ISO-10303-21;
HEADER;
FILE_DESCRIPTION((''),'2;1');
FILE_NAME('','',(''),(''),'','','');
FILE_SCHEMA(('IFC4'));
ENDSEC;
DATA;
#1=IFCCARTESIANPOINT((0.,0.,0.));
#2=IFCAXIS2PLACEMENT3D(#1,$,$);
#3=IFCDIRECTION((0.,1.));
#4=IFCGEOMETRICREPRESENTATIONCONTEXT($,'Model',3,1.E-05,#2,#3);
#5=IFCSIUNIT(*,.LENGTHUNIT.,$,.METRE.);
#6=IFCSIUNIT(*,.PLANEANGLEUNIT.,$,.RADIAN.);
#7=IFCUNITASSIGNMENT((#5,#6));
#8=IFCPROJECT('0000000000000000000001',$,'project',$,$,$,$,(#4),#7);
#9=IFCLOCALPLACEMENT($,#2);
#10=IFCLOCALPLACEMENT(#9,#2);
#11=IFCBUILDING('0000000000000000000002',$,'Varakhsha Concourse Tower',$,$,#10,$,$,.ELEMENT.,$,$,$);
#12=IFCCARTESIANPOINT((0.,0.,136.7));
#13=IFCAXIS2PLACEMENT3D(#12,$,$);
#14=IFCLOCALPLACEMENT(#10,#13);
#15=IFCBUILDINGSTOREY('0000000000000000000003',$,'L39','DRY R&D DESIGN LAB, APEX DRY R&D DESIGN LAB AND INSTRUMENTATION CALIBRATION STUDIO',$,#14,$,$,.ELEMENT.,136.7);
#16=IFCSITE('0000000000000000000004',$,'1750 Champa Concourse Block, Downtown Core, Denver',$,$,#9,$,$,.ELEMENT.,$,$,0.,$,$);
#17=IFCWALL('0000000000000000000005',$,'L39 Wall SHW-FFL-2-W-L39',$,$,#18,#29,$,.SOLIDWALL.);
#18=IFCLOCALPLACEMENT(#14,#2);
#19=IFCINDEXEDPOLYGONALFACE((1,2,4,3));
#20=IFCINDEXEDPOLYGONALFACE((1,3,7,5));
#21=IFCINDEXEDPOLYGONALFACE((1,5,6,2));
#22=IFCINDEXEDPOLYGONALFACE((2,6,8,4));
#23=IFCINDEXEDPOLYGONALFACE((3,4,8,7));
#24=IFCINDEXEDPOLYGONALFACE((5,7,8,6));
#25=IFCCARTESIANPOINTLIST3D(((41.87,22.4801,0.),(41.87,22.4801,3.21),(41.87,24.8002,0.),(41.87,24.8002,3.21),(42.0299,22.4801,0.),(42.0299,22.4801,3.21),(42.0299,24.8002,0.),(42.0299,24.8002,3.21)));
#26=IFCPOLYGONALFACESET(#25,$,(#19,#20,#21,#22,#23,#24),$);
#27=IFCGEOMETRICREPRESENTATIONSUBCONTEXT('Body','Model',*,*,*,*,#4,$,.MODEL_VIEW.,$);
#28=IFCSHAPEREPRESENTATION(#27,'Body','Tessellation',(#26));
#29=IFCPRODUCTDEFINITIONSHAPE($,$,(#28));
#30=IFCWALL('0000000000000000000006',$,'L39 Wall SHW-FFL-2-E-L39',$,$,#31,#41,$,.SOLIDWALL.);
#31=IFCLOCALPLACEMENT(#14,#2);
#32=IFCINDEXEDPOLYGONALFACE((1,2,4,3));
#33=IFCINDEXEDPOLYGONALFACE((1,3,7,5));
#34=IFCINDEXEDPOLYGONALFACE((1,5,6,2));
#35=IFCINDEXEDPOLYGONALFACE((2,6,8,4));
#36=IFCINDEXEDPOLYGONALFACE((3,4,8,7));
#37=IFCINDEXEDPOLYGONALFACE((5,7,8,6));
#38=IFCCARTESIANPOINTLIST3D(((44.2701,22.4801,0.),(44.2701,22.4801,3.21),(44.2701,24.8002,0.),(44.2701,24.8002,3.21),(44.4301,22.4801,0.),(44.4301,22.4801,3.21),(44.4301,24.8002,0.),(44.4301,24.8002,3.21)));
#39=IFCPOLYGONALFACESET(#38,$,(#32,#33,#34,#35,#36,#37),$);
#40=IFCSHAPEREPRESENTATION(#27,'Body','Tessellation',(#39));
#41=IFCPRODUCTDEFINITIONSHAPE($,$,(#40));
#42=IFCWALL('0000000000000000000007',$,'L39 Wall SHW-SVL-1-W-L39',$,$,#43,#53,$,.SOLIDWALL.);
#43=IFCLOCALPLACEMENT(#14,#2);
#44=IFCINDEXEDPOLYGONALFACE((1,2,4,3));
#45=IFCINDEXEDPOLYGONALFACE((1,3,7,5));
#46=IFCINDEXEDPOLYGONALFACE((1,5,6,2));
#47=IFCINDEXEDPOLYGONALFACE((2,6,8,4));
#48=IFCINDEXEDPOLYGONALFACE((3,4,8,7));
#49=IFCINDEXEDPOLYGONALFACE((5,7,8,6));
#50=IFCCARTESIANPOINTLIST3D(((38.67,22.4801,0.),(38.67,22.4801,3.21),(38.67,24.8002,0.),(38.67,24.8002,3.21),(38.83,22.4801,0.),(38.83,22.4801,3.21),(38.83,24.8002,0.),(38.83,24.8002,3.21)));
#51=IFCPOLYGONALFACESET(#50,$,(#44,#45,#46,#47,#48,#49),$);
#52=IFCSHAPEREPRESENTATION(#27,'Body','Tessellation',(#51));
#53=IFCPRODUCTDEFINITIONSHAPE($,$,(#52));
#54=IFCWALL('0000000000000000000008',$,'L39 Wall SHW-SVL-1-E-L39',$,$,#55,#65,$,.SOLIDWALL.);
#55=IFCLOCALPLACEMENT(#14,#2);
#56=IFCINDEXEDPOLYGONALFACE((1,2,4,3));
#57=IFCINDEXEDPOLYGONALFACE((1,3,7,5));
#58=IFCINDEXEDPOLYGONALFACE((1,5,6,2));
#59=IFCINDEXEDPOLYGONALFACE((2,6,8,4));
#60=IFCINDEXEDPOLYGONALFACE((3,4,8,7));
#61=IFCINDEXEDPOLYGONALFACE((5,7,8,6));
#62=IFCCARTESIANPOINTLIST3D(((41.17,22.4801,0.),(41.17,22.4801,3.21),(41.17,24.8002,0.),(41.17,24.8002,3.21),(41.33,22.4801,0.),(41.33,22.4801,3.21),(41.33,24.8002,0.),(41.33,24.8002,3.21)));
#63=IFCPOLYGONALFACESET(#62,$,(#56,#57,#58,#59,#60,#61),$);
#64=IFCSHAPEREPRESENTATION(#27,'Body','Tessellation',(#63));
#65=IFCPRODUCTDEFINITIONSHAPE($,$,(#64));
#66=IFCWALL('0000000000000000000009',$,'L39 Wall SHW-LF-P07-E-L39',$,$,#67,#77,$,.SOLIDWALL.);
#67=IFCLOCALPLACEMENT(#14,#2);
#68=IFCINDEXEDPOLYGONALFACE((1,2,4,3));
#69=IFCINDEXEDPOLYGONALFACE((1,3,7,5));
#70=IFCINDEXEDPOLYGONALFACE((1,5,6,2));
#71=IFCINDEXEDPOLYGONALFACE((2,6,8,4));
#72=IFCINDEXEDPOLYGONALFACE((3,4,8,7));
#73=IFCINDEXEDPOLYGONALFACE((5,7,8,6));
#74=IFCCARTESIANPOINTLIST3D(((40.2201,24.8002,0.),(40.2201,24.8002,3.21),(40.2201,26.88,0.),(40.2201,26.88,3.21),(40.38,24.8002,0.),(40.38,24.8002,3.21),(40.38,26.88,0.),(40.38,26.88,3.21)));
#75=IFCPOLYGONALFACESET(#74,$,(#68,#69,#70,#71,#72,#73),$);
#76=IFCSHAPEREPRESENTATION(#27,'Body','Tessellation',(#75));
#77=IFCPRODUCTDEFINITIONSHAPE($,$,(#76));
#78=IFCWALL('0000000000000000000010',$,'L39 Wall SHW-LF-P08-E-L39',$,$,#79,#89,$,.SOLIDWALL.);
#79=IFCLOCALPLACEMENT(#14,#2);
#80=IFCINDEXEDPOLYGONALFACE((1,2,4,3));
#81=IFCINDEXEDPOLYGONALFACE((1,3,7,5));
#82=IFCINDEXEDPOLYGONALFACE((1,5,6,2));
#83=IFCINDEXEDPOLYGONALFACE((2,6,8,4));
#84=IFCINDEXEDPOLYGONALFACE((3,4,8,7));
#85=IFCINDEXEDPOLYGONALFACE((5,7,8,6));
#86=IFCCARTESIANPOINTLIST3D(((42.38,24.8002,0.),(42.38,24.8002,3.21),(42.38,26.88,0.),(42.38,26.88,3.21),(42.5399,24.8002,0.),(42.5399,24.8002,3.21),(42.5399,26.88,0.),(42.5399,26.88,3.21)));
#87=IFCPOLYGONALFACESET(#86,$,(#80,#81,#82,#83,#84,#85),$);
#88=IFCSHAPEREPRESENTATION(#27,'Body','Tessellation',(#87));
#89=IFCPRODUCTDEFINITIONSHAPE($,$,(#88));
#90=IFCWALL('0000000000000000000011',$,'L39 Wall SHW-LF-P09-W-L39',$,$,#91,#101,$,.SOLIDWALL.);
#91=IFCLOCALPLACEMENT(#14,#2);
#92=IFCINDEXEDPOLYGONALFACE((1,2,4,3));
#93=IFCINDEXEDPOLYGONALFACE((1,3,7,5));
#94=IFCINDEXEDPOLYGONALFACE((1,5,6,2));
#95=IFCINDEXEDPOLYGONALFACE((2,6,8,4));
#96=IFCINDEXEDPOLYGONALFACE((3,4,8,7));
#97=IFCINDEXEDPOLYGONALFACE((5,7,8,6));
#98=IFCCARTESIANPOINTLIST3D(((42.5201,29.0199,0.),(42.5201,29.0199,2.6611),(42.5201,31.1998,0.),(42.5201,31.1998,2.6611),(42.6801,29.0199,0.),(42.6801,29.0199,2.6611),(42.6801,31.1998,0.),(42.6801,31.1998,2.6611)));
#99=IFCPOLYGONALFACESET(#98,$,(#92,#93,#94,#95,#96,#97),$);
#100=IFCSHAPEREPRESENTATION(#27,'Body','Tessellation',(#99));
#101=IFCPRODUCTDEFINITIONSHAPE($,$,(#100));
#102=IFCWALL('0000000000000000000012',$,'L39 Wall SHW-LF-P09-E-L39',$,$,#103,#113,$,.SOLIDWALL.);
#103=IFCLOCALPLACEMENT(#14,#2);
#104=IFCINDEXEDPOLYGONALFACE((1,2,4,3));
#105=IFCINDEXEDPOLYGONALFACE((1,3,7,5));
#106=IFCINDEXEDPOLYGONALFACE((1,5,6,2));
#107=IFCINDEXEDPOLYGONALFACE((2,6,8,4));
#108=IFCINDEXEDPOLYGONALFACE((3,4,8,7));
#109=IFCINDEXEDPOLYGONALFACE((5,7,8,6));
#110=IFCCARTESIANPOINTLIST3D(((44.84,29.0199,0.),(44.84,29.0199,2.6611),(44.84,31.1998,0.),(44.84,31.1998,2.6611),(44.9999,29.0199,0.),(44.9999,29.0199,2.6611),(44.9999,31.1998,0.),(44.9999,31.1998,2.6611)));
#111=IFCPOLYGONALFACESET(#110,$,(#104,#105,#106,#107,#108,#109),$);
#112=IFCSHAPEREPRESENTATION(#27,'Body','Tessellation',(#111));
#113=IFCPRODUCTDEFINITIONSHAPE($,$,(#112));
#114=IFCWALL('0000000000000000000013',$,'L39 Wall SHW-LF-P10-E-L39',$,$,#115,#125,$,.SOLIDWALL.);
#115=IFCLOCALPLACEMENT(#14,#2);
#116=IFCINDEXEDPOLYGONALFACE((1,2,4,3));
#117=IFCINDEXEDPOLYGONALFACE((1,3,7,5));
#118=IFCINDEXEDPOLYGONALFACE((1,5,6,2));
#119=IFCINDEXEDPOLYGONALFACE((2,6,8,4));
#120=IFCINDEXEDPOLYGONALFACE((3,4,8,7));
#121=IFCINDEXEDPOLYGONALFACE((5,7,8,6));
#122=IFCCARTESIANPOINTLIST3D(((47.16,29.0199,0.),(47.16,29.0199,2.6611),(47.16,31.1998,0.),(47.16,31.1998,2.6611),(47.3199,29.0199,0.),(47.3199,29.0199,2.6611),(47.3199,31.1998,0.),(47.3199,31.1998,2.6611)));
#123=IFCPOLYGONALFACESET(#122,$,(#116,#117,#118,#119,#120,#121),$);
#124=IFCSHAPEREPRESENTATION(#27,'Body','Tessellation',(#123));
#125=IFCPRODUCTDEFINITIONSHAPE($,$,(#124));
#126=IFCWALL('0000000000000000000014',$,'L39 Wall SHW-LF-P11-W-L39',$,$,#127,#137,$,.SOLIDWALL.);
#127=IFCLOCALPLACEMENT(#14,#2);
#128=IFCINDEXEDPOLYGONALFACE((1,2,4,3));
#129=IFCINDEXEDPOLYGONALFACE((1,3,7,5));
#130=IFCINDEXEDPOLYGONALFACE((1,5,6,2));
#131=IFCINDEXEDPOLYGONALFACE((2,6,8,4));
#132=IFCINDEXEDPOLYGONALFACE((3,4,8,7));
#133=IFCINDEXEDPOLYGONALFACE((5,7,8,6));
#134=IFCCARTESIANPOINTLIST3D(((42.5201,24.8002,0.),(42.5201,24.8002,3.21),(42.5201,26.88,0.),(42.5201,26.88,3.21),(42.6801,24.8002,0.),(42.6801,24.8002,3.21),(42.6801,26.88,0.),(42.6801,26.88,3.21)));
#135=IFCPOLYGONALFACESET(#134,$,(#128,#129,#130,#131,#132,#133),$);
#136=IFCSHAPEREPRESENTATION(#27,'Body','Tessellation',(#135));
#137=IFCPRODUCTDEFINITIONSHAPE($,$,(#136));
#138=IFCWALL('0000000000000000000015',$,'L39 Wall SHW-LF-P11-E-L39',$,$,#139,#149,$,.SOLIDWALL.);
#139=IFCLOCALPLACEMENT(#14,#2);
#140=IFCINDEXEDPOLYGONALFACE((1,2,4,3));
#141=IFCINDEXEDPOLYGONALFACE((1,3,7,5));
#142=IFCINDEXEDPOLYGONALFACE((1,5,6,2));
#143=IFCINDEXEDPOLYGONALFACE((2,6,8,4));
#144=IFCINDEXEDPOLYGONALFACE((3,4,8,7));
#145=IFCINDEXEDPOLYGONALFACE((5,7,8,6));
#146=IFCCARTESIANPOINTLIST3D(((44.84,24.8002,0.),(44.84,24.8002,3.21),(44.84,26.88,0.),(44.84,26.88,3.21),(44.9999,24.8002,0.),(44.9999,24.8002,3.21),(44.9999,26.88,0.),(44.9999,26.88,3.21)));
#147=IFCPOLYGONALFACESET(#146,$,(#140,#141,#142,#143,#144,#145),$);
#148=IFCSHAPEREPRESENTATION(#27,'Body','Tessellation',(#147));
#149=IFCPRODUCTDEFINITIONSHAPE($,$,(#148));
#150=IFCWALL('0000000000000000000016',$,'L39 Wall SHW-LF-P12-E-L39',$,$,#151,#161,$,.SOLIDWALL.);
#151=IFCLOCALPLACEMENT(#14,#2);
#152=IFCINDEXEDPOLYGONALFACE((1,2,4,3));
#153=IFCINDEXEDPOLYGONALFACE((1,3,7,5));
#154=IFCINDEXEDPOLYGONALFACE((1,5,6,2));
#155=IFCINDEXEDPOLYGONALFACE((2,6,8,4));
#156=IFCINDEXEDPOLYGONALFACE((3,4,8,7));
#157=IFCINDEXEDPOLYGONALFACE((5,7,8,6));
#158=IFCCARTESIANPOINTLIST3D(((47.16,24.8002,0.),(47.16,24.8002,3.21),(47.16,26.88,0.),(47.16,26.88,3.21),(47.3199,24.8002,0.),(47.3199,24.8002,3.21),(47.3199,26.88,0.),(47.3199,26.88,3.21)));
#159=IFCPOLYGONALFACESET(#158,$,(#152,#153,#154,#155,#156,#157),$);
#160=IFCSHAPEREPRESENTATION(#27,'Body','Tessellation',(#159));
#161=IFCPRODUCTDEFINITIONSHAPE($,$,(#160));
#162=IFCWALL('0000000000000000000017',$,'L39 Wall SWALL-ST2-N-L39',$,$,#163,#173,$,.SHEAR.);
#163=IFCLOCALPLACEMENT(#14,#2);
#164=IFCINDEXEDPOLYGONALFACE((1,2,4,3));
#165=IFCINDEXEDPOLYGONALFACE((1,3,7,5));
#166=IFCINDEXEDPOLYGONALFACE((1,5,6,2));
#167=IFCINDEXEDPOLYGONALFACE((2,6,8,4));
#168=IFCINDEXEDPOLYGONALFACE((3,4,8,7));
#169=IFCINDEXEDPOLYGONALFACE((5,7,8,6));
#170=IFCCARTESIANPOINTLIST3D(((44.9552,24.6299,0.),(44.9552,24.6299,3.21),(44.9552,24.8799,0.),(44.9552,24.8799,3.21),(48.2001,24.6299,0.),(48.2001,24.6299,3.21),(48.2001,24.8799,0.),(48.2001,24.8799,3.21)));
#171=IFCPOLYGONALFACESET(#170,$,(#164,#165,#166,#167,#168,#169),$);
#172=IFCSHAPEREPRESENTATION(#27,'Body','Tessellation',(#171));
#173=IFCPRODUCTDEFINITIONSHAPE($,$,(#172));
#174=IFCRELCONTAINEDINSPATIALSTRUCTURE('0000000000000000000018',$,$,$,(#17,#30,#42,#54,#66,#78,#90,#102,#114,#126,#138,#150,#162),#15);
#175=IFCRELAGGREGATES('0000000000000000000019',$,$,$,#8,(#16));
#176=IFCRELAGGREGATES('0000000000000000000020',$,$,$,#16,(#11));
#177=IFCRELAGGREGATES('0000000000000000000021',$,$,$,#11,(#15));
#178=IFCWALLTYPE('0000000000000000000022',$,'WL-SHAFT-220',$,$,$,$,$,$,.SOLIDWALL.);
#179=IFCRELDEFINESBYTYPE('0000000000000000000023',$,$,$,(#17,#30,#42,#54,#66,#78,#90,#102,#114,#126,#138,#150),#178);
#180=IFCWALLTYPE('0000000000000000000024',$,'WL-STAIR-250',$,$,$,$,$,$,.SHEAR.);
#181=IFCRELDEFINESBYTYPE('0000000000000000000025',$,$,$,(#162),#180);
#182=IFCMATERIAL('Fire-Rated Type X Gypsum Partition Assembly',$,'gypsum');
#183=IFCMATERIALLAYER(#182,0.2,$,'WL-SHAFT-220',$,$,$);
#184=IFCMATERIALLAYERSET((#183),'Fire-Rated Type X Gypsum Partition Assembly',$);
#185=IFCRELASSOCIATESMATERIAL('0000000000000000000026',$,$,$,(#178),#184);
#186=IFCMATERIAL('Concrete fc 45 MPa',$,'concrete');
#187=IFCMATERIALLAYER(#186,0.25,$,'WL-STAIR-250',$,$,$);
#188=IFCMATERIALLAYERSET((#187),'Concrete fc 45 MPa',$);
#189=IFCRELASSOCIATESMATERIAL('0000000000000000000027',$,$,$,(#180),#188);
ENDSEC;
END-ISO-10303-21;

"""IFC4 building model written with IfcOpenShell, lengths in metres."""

from ifc_helpers import new_model, si_unit, direction, frame, frame_2d, origin, place, context, subcontext, project, spatial, rectangle, extrude, material, layer, layer_set, type_object, element, save


model = new_model("IFC4")

# Units and contexts
model_context = context("Model", 3, precision=1e-05, world=origin(), true_north=direction((0.0, 1.0)))
body_context = subcontext(model_context, "Body", "Model", "MODEL_VIEW")
ifc_project = project(units=[si_unit("LENGTHUNIT", "METRE"), si_unit("PLANEANGLEUNIT", "RADIAN")], contexts=[model_context])

# Site, building, storey
site_placement = place(None, origin())
site = spatial("IfcSite", under=ifc_project, at=site_placement, Name="1750 Champa Concourse Block, Downtown Core, Denver", CompositionType="ELEMENT", RefElevation=0.0)
building_placement = place(site_placement, origin())
building = spatial("IfcBuilding", under=site, at=building_placement, Name="Varakhsha Concourse Tower", CompositionType="ELEMENT")
storey_placement = place(building_placement, frame((0.0, 0.0, 136.7)))
storey = spatial("IfcBuildingStorey", under=building, at=storey_placement, Name="L39", Description="DRY R&D DESIGN LAB, APEX DRY R&D DESIGN LAB AND INSTRUMENTATION CALIBRATION STUDIO", CompositionType="ELEMENT", Elevation=136.7)

# Shared definitions
ifc_material_1 = material(Name="Fire-Rated Type X Gypsum Partition Assembly", Category="gypsum")

# Walls
ifc_layer_1 = layer(ifc_material_1, 0.2, Name="WL-SHAFT-220")
ifc_layer_set_1 = layer_set([ifc_layer_1], Name="Fire-Rated Type X Gypsum Partition Assembly")
wall_type_1 = type_object("IfcWallType", Name="WL-SHAFT-220", PredefinedType="SOLIDWALL", material=ifc_layer_set_1)
for number, where, z_axis, x_axis, name in (
    (1, (41.95, 22.48, 0.0), (0.0, 0.0, 1.0), (0.0, 1.0, 0.0), "L39 Wall SHW-FFL-2-W-L39"),
    (2, (44.3501, 22.48, 0.0), (0.0, 0.0, 1.0), (0.0, 1.0, 0.0), "L39 Wall SHW-FFL-2-E-L39"),
    (3, (38.75, 22.48, 0.0), (0.0, 0.0, 1.0), (0.0, 1.0, 0.0), "L39 Wall SHW-SVL-1-W-L39"),
    (4, (41.25, 22.48, 0.0), (0.0, 0.0, 1.0), (0.0, 1.0, 0.0), "L39 Wall SHW-SVL-1-E-L39"),
):
    element("IfcWall", number, at=place(storey_placement, frame(where, z_axis=z_axis, x_axis=x_axis)), inside=storey, type_object=wall_type_1, Name=name, PredefinedType="SOLIDWALL", context=body_context, shape_type="SweptSolid", body=[
        extrude(rectangle(XDim=2.3201, YDim=0.1599, at=frame_2d((1.1602, 0.0))), origin(), (0.0, 0.0, 1.0), 3.21),
    ])
for number, where, z_axis, x_axis, name in (
    (5, (40.3, 24.8, 0.0), (0.0, 0.0, 1.0), (0.0, 1.0, 0.0), "L39 Wall SHW-LF-P07-E-L39"),
    (6, (42.46, 24.8, 0.0), (0.0, 0.0, 1.0), (0.0, 1.0, 0.0), "L39 Wall SHW-LF-P08-E-L39"),
):
    element("IfcWall", number, at=place(storey_placement, frame(where, z_axis=z_axis, x_axis=x_axis)), inside=storey, type_object=wall_type_1, Name=name, PredefinedType="SOLIDWALL", context=body_context, shape_type="SweptSolid", body=[
        extrude(rectangle(XDim=2.0798, YDim=0.1599, at=frame_2d((1.04, 0.0))), origin(), (0.0, 0.0, 1.0), 3.21),
    ])
for number, where, z_axis, x_axis, name in (
    (7, (42.6001, 29.02, 0.0), (0.0, 0.0, 1.0), (0.0, 1.0, 0.0), "L39 Wall SHW-LF-P09-W-L39"),
    (8, (44.9199, 29.02, 0.0), (0.0, 0.0, 1.0), (0.0, 1.0, 0.0), "L39 Wall SHW-LF-P09-E-L39"),
    (9, (47.24, 29.02, 0.0), (0.0, 0.0, 1.0), (0.0, 1.0, 0.0), "L39 Wall SHW-LF-P10-E-L39"),
):
    element("IfcWall", number, at=place(storey_placement, frame(where, z_axis=z_axis, x_axis=x_axis)), inside=storey, type_object=wall_type_1, Name=name, PredefinedType="SOLIDWALL", context=body_context, shape_type="SweptSolid", body=[
        extrude(rectangle(XDim=2.1799, YDim=0.1599, at=frame_2d((1.0898, 0.0))), origin(), (0.0, 0.0, 1.0), 2.6611),
    ])
for number, where, z_axis, x_axis, name in (
    (10, (42.6001, 24.8, 0.0), (0.0, 0.0, 1.0), (0.0, 1.0, 0.0), "L39 Wall SHW-LF-P11-W-L39"),
    (11, (44.9199, 24.8, 0.0), (0.0, 0.0, 1.0), (0.0, 1.0, 0.0), "L39 Wall SHW-LF-P11-E-L39"),
    (12, (47.24, 24.8, 0.0), (0.0, 0.0, 1.0), (0.0, 1.0, 0.0), "L39 Wall SHW-LF-P12-E-L39"),
):
    element("IfcWall", number, at=place(storey_placement, frame(where, z_axis=z_axis, x_axis=x_axis)), inside=storey, type_object=wall_type_1, Name=name, PredefinedType="SOLIDWALL", context=body_context, shape_type="SweptSolid", body=[
        extrude(rectangle(XDim=2.0798, YDim=0.1599, at=frame_2d((1.04, 0.0))), origin(), (0.0, 0.0, 1.0), 3.21),
    ])
ifc_material_2 = material(Name="Concrete fc 45 MPa", Category="concrete")
ifc_layer_2 = layer(ifc_material_2, 0.25, Name="WL-STAIR-250")
ifc_layer_set_2 = layer_set([ifc_layer_2], Name="Concrete fc 45 MPa")
wall_type_2 = type_object("IfcWallType", Name="WL-STAIR-250", PredefinedType="SHEAR", material=ifc_layer_set_2)
wall_1_placement = place(storey_placement, frame((44.9551, 24.7549, 0.0), z_axis=(0.0, 0.0, 1.0), x_axis=(1.0, 0.0, 0.0)))
element("IfcWall", 13, at=wall_1_placement, inside=storey, type_object=wall_type_2, Name="L39 Wall SWALL-ST2-N-L39", PredefinedType="SHEAR", context=body_context, shape_type="SweptSolid", body=[
    extrude(rectangle(XDim=3.2449, YDim=0.25, at=frame_2d((1.6226, 0.0))), origin(), (0.0, 0.0, 1.0), 3.21),
])

save(model, "model.ifc")
